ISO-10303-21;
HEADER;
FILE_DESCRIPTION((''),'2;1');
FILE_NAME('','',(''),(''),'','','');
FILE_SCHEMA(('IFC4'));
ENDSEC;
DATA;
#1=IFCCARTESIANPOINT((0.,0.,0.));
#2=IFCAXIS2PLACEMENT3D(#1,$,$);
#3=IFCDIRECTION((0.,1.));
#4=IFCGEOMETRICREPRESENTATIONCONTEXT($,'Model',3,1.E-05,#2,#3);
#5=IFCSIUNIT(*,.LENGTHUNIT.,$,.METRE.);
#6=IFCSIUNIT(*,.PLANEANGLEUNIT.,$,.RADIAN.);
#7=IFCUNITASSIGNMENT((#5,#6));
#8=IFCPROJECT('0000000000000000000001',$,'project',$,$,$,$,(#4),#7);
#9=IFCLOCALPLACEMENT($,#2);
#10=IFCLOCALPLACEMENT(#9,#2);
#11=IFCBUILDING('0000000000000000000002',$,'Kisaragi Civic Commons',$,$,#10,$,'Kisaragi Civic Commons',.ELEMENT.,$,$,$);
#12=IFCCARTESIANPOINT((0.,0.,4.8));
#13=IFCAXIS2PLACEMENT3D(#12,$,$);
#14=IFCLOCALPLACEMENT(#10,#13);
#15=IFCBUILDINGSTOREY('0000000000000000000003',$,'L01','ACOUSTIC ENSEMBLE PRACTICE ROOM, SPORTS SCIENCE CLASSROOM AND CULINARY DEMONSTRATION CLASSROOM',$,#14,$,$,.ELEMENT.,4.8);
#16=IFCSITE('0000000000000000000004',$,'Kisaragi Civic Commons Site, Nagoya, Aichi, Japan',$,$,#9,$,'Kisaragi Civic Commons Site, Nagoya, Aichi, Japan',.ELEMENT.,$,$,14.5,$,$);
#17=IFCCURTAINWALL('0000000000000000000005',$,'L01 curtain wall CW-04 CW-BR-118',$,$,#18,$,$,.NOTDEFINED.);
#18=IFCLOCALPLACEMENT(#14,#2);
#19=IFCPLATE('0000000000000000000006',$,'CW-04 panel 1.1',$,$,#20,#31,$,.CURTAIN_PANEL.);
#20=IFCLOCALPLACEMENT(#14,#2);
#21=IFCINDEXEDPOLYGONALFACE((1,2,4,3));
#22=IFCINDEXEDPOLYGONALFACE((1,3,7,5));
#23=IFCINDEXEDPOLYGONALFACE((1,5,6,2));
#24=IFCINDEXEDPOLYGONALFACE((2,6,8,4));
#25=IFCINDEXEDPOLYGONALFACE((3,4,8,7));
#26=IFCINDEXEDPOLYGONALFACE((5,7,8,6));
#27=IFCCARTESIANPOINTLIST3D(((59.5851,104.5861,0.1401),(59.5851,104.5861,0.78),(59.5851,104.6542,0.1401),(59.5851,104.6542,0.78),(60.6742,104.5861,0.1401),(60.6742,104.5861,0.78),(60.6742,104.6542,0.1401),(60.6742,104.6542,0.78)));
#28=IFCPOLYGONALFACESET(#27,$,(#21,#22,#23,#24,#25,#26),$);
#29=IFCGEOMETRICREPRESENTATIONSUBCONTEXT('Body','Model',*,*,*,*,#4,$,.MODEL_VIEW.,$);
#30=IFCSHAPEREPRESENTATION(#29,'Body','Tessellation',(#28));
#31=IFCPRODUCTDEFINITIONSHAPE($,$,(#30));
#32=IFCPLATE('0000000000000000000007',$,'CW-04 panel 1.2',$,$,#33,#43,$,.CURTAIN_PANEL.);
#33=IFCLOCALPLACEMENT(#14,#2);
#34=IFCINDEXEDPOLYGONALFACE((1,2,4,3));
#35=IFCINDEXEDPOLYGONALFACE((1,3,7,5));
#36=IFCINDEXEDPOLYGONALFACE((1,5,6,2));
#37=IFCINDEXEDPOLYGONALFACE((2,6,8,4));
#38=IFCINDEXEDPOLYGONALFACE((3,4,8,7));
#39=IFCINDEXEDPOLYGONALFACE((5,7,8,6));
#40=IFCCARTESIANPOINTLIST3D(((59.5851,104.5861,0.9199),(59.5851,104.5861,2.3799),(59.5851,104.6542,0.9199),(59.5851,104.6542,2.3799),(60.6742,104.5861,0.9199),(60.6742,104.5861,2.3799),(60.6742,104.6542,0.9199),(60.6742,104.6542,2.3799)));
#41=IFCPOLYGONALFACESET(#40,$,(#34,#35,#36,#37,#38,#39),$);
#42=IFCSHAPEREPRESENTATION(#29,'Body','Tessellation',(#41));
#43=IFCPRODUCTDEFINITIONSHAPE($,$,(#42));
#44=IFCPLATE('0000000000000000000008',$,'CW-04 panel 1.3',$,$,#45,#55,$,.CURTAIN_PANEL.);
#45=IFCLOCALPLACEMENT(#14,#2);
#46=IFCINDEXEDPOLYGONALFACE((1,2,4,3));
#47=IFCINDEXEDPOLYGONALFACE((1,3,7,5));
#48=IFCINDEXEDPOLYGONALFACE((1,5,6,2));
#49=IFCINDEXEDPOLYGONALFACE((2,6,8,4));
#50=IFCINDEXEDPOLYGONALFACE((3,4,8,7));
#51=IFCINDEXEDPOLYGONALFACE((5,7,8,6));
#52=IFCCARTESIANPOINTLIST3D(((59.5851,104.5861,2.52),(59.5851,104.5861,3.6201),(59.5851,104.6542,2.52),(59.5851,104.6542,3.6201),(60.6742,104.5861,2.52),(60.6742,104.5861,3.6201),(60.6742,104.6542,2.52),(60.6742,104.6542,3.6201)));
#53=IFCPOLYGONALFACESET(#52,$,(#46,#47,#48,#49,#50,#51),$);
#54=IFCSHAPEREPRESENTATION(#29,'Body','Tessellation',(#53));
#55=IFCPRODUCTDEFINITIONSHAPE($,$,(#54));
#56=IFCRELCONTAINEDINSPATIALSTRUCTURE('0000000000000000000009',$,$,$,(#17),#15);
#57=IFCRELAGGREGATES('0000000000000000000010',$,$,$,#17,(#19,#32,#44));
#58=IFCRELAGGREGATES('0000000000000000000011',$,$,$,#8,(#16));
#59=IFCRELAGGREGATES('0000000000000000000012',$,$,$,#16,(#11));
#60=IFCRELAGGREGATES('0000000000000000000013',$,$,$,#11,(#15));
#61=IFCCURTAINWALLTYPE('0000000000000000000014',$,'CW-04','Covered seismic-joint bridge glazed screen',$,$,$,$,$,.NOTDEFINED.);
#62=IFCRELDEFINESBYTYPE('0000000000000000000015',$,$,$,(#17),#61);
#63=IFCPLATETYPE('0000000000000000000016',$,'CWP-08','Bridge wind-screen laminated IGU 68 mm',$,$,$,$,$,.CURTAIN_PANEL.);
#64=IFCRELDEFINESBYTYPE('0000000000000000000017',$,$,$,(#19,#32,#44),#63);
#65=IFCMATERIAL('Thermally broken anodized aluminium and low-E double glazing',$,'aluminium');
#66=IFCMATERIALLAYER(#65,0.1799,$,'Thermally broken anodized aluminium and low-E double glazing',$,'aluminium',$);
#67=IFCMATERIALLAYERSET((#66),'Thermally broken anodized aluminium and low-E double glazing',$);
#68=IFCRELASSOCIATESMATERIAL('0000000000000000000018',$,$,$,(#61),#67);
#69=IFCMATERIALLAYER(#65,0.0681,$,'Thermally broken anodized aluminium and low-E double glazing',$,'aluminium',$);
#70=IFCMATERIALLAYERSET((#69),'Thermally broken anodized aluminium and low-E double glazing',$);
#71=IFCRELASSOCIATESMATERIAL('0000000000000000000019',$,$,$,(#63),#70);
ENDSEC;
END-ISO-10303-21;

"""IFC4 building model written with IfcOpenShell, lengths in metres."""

from ifc_helpers import new_model, si_unit, direction, frame, origin, origin_2d, place, context, subcontext, project, spatial, rectangle, extrude, material, layer, layer_set, type_object, element, aggregate, save


model = new_model("IFC4")

# Units and contexts
model_context = context("Model", 3, precision=1e-05, world=origin(), true_north=direction((0.0, 1.0)))
body_context = subcontext(model_context, "Body", "Model", "MODEL_VIEW")
ifc_project = project(units=[si_unit("LENGTHUNIT", "METRE"), si_unit("PLANEANGLEUNIT", "RADIAN")], contexts=[model_context])

# Site, building, storey
site_placement = place(None, origin())
site = spatial("IfcSite", under=ifc_project, at=site_placement, Name="Kisaragi Civic Commons Site, Nagoya, Aichi, Japan", LongName="Kisaragi Civic Commons Site, Nagoya, Aichi, Japan", CompositionType="ELEMENT", RefElevation=14.5)
building_placement = place(site_placement, origin())
building = spatial("IfcBuilding", under=site, at=building_placement, Name="Kisaragi Civic Commons", LongName="Kisaragi Civic Commons", CompositionType="ELEMENT")
storey_placement = place(building_placement, frame((0.0, 0.0, 4.8)))
storey = spatial("IfcBuildingStorey", under=building, at=storey_placement, Name="L01", Description="ACOUSTIC ENSEMBLE PRACTICE ROOM, SPORTS SCIENCE CLASSROOM AND CULINARY DEMONSTRATION CLASSROOM", CompositionType="ELEMENT", Elevation=4.8)

# Curtain wall
ifc_material = material(Name="Thermally broken anodized aluminium and low-E double glazing", Category="aluminium")
ifc_layer_1 = layer(ifc_material, 0.1799, Name="Thermally broken anodized aluminium and low-E double glazing", Category="aluminium")
ifc_layer_set_1 = layer_set([ifc_layer_1], Name="Thermally broken anodized aluminium and low-E double glazing")
curtain_wall_type = type_object("IfcCurtainWallType", Name="CW-04", Description="Covered seismic-joint bridge glazed screen", PredefinedType="NOTDEFINED", material=ifc_layer_set_1)
curtain_wall_1_placement = place(storey_placement, origin())
curtain_wall_1 = element("IfcCurtainWall", 1, at=curtain_wall_1_placement, inside=storey, type_object=curtain_wall_type, Name="L01 curtain wall CW-04 CW-BR-118", PredefinedType="NOTDEFINED")

# Plates
ifc_layer_2 = layer(ifc_material, 0.0681, Name="Thermally broken anodized aluminium and low-E double glazing", Category="aluminium")
ifc_layer_set_2 = layer_set([ifc_layer_2], Name="Thermally broken anodized aluminium and low-E double glazing")
plate_type = type_object("IfcPlateType", Name="CWP-08", Description="Bridge wind-screen laminated IGU 68 mm", PredefinedType="CURTAIN_PANEL", material=ifc_layer_set_2)
plate_1_placement = place(storey_placement, frame((60.1296, 104.6201, 0.1401), z_axis=(0.0, 0.0, 1.0), x_axis=(1.0, 0.0, 0.0)))
plate_1 = element("IfcPlate", 2, at=plate_1_placement, type_object=plate_type, Name="CW-04 panel 1.1", PredefinedType="CURTAIN_PANEL", context=body_context, shape_type="SweptSolid", body=[
    extrude(rectangle(XDim=1.0891, YDim=0.0681, at=origin_2d()), origin(), (0.0, 0.0, 1.0), 0.6399),
])
plate_2_placement = place(storey_placement, frame((60.1296, 104.6201, 0.9199), z_axis=(0.0, 0.0, 1.0), x_axis=(1.0, 0.0, 0.0)))
plate_2 = element("IfcPlate", 3, at=plate_2_placement, type_object=plate_type, Name="CW-04 panel 1.2", PredefinedType="CURTAIN_PANEL", context=body_context, shape_type="SweptSolid", body=[
    extrude(rectangle(XDim=1.0891, YDim=0.0681, at=origin_2d()), origin(), (0.0, 0.0, 1.0), 1.46),
])
plate_3_placement = place(storey_placement, frame((60.1296, 104.6201, 2.52), z_axis=(0.0, 0.0, 1.0), x_axis=(1.0, 0.0, 0.0)))
plate_3 = element("IfcPlate", 4, at=plate_3_placement, type_object=plate_type, Name="CW-04 panel 1.3", PredefinedType="CURTAIN_PANEL", context=body_context, shape_type="SweptSolid", body=[
    extrude(rectangle(XDim=1.0891, YDim=0.0681, at=origin_2d()), origin(), (0.0, 0.0, 1.0), 1.1001),
])
aggregate(curtain_wall_1, [plate_1, plate_2, plate_3])

save(model, "model.ifc")
